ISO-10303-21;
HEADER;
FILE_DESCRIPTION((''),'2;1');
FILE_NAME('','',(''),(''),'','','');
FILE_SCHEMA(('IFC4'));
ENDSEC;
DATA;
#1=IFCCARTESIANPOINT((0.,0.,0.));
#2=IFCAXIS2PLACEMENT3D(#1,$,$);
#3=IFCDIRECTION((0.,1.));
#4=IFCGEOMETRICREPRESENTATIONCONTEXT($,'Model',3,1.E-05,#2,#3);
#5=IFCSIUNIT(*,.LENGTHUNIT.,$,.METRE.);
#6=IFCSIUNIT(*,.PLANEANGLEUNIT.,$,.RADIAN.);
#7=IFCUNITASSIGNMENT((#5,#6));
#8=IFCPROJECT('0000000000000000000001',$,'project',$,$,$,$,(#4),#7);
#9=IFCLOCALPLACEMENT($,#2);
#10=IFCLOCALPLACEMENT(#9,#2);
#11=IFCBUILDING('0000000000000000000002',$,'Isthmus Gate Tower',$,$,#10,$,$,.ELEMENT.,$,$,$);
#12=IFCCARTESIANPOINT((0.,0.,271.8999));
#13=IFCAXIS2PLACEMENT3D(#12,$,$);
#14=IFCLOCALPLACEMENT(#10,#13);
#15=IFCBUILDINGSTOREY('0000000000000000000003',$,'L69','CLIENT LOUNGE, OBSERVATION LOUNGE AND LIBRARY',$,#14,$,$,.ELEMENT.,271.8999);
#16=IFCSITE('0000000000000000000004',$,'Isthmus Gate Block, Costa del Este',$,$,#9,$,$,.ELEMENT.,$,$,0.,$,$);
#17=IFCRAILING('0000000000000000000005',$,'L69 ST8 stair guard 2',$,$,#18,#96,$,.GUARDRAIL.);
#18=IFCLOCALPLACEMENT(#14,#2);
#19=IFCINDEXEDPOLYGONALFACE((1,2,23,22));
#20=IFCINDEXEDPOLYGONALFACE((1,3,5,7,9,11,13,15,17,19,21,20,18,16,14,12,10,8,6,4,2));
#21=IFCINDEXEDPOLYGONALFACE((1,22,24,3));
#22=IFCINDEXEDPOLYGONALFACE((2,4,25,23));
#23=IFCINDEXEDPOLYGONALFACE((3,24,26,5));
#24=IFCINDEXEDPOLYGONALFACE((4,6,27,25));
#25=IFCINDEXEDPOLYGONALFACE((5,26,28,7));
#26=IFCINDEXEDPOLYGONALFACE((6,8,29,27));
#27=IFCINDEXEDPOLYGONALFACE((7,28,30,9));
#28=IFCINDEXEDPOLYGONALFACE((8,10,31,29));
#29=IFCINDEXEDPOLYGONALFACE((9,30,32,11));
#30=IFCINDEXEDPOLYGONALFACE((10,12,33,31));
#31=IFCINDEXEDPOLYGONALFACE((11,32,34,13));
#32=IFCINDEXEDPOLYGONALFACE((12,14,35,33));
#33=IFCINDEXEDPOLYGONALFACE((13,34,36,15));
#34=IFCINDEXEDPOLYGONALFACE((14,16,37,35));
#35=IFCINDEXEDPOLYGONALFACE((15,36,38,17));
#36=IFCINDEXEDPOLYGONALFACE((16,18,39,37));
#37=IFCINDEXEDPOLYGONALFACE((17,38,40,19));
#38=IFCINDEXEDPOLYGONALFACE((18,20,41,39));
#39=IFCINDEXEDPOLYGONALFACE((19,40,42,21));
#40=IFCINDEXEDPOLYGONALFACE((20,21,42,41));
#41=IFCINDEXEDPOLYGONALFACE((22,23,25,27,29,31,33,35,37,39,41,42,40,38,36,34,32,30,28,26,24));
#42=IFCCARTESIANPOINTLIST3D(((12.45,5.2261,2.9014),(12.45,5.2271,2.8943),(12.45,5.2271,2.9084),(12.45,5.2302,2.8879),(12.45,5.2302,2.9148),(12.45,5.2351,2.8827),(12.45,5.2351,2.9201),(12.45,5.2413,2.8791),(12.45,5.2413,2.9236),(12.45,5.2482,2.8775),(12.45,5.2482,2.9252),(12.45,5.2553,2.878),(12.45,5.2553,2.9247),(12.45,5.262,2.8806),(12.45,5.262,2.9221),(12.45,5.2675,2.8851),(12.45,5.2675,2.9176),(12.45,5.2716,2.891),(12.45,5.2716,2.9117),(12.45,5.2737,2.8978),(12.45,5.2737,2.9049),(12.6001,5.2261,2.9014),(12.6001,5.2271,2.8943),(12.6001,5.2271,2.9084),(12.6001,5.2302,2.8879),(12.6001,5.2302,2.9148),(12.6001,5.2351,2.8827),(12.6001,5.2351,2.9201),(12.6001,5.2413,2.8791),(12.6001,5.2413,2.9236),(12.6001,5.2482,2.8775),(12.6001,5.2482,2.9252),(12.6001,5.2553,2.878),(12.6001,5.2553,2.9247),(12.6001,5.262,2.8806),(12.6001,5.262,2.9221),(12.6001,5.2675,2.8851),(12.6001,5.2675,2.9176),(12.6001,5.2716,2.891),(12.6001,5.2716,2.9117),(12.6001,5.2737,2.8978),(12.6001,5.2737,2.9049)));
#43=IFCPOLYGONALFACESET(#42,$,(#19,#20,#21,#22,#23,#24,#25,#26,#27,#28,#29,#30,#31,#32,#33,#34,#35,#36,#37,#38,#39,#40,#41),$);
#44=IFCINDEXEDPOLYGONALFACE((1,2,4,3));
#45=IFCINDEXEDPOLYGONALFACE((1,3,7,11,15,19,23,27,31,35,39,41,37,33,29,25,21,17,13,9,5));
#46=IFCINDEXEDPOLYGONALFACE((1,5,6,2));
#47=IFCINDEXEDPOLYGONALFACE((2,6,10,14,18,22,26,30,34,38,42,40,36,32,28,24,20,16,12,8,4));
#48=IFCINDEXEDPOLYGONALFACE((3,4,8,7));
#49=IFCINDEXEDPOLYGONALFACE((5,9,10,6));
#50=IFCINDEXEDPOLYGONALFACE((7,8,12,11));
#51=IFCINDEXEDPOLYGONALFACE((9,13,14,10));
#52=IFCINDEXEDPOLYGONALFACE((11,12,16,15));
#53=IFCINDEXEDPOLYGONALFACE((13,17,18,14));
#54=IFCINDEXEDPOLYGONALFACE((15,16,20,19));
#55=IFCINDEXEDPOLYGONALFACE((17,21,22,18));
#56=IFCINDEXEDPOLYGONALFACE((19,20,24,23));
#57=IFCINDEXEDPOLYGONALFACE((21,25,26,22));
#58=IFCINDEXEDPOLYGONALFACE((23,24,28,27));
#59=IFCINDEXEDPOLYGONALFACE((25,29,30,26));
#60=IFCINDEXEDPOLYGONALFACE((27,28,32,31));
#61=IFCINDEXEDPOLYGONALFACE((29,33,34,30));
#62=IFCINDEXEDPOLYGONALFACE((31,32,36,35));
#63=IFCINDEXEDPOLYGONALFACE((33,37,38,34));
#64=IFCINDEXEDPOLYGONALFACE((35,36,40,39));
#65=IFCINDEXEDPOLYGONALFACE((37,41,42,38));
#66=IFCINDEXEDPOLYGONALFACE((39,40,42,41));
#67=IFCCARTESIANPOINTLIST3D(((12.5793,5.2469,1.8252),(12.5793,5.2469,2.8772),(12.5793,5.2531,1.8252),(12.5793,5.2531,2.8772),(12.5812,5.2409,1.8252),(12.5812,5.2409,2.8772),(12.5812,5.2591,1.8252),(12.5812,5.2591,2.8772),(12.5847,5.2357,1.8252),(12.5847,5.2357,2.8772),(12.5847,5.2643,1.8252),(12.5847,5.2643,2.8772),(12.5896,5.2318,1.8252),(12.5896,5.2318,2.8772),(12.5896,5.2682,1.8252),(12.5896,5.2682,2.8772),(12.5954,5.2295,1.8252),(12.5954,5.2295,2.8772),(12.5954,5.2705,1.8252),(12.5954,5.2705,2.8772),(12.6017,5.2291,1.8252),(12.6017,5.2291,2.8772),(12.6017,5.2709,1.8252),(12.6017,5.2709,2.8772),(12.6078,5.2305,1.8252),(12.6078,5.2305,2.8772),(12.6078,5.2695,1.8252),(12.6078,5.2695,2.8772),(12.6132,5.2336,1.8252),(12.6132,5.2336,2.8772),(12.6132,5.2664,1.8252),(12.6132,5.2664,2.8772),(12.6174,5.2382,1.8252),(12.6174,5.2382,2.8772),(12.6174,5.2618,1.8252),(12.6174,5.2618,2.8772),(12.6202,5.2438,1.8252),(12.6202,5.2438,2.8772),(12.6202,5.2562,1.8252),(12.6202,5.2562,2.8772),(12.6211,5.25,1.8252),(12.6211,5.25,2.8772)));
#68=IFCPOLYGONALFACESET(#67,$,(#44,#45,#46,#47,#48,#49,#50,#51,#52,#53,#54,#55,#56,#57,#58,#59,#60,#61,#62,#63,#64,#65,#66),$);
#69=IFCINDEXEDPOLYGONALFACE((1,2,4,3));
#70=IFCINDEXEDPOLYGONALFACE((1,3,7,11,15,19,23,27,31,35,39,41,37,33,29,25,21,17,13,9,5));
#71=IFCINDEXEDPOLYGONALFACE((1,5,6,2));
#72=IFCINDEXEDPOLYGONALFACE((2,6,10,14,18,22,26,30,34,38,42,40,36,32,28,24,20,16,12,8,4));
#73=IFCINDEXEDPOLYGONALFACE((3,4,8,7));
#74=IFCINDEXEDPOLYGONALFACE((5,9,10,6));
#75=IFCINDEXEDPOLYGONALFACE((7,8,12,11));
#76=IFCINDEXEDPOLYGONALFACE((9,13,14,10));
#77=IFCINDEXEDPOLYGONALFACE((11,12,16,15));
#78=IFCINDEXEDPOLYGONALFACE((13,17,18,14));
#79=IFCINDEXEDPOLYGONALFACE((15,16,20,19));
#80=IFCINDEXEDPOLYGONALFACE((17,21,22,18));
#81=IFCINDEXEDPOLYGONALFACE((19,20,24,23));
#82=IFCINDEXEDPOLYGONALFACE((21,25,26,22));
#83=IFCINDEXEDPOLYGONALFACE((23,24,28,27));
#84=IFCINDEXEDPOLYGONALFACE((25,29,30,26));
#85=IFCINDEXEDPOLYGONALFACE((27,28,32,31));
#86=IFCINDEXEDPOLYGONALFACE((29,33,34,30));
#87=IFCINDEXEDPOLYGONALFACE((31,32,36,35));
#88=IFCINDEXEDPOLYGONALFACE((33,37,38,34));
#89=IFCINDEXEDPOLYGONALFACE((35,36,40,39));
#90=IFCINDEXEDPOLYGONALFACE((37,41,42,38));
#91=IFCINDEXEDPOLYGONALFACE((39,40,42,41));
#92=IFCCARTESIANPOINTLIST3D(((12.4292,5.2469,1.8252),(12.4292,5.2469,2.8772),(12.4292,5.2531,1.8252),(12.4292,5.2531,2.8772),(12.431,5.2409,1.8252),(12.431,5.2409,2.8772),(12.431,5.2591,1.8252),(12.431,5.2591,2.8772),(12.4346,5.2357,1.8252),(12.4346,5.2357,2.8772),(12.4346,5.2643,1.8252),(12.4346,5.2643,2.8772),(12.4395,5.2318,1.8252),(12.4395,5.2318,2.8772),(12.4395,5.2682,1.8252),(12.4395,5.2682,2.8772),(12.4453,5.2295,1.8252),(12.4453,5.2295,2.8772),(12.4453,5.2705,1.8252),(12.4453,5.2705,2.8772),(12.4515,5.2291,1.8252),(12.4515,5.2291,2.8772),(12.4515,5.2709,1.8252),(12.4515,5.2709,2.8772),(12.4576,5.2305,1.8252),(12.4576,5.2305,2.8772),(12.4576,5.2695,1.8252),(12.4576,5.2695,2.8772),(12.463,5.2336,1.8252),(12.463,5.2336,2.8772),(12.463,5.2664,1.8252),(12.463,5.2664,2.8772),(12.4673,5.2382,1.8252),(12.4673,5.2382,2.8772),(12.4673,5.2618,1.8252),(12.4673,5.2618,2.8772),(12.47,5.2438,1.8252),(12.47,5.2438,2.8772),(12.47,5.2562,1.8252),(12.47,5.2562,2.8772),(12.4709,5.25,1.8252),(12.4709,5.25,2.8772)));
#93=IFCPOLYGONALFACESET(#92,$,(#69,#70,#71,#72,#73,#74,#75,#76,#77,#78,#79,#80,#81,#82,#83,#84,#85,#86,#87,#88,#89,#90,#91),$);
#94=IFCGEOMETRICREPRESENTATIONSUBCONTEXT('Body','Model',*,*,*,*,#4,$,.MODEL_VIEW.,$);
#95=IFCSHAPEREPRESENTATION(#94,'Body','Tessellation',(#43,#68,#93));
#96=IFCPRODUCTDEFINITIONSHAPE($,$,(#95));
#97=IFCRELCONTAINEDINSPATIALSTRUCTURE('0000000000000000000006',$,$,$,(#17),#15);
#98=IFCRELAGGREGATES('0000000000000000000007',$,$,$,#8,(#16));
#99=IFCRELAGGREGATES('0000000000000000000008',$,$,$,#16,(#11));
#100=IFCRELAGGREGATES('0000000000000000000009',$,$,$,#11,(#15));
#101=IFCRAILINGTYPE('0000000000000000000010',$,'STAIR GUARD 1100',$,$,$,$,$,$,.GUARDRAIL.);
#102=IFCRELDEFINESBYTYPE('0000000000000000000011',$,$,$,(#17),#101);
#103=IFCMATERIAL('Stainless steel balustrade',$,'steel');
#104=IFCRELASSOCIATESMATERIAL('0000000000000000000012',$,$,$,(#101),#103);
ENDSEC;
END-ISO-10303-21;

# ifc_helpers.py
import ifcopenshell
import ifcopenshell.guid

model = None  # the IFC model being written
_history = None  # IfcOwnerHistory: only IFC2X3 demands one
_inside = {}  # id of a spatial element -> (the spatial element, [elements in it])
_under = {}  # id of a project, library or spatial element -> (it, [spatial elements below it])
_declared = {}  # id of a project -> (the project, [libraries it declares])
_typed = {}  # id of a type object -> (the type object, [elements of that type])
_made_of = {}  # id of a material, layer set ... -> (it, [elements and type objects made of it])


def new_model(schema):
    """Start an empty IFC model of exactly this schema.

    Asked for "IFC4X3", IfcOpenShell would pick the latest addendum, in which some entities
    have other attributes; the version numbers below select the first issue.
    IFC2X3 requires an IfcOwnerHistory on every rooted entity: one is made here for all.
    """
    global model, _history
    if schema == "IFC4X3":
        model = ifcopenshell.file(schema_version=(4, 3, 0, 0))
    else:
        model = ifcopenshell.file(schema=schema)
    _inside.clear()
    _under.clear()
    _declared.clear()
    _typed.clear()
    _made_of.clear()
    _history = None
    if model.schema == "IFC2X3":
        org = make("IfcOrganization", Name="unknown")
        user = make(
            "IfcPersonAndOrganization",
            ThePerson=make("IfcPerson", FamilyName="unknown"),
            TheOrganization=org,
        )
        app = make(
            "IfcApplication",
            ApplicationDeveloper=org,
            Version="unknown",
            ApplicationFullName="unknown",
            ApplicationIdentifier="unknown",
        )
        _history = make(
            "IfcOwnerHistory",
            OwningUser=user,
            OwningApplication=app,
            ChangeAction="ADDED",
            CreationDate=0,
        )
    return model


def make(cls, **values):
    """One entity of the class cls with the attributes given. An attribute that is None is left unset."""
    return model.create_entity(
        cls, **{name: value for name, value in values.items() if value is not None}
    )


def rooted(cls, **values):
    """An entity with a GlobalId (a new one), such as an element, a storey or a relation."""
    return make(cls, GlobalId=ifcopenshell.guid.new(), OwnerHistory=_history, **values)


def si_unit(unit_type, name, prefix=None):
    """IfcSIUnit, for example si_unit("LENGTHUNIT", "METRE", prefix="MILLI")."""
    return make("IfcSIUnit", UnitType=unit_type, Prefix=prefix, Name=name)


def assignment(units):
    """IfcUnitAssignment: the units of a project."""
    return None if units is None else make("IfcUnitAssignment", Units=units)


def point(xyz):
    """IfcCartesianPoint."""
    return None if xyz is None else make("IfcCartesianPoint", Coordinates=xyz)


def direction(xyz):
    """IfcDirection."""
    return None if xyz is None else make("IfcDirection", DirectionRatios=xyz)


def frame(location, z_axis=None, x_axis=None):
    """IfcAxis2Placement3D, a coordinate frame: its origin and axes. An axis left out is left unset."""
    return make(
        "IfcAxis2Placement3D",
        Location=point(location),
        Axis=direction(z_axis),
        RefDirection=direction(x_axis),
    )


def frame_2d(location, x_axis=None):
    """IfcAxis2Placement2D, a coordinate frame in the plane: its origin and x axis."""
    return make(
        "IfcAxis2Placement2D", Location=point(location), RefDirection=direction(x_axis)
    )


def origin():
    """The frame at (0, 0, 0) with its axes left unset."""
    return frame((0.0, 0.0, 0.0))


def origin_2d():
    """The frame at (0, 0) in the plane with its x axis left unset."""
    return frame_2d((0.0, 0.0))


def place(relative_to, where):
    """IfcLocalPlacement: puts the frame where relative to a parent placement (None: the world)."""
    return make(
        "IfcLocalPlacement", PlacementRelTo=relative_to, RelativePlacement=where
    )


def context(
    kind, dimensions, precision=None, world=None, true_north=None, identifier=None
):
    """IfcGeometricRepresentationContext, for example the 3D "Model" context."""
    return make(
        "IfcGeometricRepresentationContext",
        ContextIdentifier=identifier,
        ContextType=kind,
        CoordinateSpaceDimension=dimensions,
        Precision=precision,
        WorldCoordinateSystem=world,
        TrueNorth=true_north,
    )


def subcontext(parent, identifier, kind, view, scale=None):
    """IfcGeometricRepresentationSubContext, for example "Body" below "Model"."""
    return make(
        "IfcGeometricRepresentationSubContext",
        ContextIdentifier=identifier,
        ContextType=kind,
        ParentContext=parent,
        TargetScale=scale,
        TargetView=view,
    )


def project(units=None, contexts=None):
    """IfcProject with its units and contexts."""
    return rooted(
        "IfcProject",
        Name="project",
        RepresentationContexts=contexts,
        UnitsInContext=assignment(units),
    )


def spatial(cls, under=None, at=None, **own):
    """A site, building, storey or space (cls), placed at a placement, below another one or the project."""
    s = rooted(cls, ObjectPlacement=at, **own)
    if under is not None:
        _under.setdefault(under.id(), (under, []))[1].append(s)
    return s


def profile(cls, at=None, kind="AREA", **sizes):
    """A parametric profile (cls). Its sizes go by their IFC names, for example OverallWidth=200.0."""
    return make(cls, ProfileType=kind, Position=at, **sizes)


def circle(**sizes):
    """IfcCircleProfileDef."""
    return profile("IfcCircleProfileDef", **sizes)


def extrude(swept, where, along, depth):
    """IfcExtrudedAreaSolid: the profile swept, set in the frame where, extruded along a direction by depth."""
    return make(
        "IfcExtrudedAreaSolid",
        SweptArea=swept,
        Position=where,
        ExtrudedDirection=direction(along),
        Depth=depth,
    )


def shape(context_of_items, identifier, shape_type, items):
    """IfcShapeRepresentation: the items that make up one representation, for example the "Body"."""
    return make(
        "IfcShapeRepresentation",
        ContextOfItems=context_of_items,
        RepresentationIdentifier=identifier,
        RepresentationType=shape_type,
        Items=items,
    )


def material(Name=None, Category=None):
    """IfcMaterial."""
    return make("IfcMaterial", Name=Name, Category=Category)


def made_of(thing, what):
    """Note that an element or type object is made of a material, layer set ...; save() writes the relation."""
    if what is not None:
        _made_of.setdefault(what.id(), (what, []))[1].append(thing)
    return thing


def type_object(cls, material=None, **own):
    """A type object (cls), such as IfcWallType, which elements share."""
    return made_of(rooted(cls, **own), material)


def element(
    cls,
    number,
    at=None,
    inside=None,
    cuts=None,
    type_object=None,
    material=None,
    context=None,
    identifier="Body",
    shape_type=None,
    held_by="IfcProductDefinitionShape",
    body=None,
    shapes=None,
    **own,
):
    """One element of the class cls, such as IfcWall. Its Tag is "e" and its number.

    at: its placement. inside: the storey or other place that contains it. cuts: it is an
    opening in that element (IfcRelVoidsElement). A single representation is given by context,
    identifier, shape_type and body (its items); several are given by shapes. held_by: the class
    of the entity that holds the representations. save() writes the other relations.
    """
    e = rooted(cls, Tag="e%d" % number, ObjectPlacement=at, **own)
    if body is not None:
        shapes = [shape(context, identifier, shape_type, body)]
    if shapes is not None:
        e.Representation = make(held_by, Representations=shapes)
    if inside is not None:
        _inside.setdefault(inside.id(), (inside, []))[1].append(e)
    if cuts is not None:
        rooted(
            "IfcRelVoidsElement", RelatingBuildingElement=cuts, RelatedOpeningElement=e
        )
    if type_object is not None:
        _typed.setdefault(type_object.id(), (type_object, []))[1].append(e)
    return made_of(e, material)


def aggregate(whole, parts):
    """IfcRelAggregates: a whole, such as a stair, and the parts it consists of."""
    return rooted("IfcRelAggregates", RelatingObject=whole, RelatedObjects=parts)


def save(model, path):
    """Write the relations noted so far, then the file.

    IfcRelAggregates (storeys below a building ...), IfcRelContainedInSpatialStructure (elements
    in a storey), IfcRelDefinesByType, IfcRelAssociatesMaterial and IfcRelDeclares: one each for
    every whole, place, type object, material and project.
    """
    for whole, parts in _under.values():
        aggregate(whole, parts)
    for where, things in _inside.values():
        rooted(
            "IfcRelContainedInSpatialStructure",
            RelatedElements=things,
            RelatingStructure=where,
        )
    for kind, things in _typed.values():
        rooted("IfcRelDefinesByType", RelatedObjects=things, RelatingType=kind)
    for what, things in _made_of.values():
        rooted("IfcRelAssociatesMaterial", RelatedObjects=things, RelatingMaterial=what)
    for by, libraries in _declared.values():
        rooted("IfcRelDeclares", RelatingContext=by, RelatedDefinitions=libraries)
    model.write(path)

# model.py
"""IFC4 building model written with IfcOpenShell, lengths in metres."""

from ifc_helpers import new_model, si_unit, direction, frame, origin, origin_2d, place, context, subcontext, project, spatial, circle, extrude, material, type_object, element, save


model = new_model("IFC4")

# Units and contexts
model_context = context("Model", 3, precision=1e-05, world=origin(), true_north=direction((0.0, 1.0)))
body_context = subcontext(model_context, "Body", "Model", "MODEL_VIEW")
ifc_project = project(units=[si_unit("LENGTHUNIT", "METRE"), si_unit("PLANEANGLEUNIT", "RADIAN")], contexts=[model_context])

# Site, building, storey
site_placement = place(None, origin())
site = spatial("IfcSite", under=ifc_project, at=site_placement, Name="Isthmus Gate Block, Costa del Este", CompositionType="ELEMENT", RefElevation=0.0)
building_placement = place(site_placement, origin())
building = spatial("IfcBuilding", under=site, at=building_placement, Name="Isthmus Gate Tower", CompositionType="ELEMENT")
storey_placement = place(building_placement, frame((0.0, 0.0, 271.8999)))
storey = spatial("IfcBuildingStorey", under=building, at=storey_placement, Name="L69", Description="CLIENT LOUNGE, OBSERVATION LOUNGE AND LIBRARY", CompositionType="ELEMENT", Elevation=271.8999)

# Railing
ifc_material_1 = material(Name="Stainless steel balustrade", Category="steel")
railing_type_1 = type_object("IfcRailingType", Name="STAIR GUARD 1100", PredefinedType="GUARDRAIL", material=ifc_material_1)
railing_1_placement = place(storey_placement, frame((12.6001, 5.25, 1.8252)))
element("IfcRailing", 1, at=railing_1_placement, inside=storey, type_object=railing_type_1, Name="L69 ST8 stair guard 2", PredefinedType="GUARDRAIL", context=body_context, shape_type="SweptSolid", body=[
    extrude(circle(Radius=0.0239, at=origin_2d()), frame((0.0, 0.0, 1.0762), z_axis=(-1.0, 0.0, 0.0), x_axis=(0.0, -1.0, 0.0)), (0.0, 0.0, 1.0), 0.1501),
    extrude(circle(Radius=0.021, at=origin_2d()), origin(), (0.0, 0.0, 1.0), 1.052),
    extrude(circle(Radius=0.021, at=origin_2d()), frame((-0.1501, 0.0, 0.0)), (0.0, 0.0, 1.0), 1.052),
])

save(model, "model.ifc")
